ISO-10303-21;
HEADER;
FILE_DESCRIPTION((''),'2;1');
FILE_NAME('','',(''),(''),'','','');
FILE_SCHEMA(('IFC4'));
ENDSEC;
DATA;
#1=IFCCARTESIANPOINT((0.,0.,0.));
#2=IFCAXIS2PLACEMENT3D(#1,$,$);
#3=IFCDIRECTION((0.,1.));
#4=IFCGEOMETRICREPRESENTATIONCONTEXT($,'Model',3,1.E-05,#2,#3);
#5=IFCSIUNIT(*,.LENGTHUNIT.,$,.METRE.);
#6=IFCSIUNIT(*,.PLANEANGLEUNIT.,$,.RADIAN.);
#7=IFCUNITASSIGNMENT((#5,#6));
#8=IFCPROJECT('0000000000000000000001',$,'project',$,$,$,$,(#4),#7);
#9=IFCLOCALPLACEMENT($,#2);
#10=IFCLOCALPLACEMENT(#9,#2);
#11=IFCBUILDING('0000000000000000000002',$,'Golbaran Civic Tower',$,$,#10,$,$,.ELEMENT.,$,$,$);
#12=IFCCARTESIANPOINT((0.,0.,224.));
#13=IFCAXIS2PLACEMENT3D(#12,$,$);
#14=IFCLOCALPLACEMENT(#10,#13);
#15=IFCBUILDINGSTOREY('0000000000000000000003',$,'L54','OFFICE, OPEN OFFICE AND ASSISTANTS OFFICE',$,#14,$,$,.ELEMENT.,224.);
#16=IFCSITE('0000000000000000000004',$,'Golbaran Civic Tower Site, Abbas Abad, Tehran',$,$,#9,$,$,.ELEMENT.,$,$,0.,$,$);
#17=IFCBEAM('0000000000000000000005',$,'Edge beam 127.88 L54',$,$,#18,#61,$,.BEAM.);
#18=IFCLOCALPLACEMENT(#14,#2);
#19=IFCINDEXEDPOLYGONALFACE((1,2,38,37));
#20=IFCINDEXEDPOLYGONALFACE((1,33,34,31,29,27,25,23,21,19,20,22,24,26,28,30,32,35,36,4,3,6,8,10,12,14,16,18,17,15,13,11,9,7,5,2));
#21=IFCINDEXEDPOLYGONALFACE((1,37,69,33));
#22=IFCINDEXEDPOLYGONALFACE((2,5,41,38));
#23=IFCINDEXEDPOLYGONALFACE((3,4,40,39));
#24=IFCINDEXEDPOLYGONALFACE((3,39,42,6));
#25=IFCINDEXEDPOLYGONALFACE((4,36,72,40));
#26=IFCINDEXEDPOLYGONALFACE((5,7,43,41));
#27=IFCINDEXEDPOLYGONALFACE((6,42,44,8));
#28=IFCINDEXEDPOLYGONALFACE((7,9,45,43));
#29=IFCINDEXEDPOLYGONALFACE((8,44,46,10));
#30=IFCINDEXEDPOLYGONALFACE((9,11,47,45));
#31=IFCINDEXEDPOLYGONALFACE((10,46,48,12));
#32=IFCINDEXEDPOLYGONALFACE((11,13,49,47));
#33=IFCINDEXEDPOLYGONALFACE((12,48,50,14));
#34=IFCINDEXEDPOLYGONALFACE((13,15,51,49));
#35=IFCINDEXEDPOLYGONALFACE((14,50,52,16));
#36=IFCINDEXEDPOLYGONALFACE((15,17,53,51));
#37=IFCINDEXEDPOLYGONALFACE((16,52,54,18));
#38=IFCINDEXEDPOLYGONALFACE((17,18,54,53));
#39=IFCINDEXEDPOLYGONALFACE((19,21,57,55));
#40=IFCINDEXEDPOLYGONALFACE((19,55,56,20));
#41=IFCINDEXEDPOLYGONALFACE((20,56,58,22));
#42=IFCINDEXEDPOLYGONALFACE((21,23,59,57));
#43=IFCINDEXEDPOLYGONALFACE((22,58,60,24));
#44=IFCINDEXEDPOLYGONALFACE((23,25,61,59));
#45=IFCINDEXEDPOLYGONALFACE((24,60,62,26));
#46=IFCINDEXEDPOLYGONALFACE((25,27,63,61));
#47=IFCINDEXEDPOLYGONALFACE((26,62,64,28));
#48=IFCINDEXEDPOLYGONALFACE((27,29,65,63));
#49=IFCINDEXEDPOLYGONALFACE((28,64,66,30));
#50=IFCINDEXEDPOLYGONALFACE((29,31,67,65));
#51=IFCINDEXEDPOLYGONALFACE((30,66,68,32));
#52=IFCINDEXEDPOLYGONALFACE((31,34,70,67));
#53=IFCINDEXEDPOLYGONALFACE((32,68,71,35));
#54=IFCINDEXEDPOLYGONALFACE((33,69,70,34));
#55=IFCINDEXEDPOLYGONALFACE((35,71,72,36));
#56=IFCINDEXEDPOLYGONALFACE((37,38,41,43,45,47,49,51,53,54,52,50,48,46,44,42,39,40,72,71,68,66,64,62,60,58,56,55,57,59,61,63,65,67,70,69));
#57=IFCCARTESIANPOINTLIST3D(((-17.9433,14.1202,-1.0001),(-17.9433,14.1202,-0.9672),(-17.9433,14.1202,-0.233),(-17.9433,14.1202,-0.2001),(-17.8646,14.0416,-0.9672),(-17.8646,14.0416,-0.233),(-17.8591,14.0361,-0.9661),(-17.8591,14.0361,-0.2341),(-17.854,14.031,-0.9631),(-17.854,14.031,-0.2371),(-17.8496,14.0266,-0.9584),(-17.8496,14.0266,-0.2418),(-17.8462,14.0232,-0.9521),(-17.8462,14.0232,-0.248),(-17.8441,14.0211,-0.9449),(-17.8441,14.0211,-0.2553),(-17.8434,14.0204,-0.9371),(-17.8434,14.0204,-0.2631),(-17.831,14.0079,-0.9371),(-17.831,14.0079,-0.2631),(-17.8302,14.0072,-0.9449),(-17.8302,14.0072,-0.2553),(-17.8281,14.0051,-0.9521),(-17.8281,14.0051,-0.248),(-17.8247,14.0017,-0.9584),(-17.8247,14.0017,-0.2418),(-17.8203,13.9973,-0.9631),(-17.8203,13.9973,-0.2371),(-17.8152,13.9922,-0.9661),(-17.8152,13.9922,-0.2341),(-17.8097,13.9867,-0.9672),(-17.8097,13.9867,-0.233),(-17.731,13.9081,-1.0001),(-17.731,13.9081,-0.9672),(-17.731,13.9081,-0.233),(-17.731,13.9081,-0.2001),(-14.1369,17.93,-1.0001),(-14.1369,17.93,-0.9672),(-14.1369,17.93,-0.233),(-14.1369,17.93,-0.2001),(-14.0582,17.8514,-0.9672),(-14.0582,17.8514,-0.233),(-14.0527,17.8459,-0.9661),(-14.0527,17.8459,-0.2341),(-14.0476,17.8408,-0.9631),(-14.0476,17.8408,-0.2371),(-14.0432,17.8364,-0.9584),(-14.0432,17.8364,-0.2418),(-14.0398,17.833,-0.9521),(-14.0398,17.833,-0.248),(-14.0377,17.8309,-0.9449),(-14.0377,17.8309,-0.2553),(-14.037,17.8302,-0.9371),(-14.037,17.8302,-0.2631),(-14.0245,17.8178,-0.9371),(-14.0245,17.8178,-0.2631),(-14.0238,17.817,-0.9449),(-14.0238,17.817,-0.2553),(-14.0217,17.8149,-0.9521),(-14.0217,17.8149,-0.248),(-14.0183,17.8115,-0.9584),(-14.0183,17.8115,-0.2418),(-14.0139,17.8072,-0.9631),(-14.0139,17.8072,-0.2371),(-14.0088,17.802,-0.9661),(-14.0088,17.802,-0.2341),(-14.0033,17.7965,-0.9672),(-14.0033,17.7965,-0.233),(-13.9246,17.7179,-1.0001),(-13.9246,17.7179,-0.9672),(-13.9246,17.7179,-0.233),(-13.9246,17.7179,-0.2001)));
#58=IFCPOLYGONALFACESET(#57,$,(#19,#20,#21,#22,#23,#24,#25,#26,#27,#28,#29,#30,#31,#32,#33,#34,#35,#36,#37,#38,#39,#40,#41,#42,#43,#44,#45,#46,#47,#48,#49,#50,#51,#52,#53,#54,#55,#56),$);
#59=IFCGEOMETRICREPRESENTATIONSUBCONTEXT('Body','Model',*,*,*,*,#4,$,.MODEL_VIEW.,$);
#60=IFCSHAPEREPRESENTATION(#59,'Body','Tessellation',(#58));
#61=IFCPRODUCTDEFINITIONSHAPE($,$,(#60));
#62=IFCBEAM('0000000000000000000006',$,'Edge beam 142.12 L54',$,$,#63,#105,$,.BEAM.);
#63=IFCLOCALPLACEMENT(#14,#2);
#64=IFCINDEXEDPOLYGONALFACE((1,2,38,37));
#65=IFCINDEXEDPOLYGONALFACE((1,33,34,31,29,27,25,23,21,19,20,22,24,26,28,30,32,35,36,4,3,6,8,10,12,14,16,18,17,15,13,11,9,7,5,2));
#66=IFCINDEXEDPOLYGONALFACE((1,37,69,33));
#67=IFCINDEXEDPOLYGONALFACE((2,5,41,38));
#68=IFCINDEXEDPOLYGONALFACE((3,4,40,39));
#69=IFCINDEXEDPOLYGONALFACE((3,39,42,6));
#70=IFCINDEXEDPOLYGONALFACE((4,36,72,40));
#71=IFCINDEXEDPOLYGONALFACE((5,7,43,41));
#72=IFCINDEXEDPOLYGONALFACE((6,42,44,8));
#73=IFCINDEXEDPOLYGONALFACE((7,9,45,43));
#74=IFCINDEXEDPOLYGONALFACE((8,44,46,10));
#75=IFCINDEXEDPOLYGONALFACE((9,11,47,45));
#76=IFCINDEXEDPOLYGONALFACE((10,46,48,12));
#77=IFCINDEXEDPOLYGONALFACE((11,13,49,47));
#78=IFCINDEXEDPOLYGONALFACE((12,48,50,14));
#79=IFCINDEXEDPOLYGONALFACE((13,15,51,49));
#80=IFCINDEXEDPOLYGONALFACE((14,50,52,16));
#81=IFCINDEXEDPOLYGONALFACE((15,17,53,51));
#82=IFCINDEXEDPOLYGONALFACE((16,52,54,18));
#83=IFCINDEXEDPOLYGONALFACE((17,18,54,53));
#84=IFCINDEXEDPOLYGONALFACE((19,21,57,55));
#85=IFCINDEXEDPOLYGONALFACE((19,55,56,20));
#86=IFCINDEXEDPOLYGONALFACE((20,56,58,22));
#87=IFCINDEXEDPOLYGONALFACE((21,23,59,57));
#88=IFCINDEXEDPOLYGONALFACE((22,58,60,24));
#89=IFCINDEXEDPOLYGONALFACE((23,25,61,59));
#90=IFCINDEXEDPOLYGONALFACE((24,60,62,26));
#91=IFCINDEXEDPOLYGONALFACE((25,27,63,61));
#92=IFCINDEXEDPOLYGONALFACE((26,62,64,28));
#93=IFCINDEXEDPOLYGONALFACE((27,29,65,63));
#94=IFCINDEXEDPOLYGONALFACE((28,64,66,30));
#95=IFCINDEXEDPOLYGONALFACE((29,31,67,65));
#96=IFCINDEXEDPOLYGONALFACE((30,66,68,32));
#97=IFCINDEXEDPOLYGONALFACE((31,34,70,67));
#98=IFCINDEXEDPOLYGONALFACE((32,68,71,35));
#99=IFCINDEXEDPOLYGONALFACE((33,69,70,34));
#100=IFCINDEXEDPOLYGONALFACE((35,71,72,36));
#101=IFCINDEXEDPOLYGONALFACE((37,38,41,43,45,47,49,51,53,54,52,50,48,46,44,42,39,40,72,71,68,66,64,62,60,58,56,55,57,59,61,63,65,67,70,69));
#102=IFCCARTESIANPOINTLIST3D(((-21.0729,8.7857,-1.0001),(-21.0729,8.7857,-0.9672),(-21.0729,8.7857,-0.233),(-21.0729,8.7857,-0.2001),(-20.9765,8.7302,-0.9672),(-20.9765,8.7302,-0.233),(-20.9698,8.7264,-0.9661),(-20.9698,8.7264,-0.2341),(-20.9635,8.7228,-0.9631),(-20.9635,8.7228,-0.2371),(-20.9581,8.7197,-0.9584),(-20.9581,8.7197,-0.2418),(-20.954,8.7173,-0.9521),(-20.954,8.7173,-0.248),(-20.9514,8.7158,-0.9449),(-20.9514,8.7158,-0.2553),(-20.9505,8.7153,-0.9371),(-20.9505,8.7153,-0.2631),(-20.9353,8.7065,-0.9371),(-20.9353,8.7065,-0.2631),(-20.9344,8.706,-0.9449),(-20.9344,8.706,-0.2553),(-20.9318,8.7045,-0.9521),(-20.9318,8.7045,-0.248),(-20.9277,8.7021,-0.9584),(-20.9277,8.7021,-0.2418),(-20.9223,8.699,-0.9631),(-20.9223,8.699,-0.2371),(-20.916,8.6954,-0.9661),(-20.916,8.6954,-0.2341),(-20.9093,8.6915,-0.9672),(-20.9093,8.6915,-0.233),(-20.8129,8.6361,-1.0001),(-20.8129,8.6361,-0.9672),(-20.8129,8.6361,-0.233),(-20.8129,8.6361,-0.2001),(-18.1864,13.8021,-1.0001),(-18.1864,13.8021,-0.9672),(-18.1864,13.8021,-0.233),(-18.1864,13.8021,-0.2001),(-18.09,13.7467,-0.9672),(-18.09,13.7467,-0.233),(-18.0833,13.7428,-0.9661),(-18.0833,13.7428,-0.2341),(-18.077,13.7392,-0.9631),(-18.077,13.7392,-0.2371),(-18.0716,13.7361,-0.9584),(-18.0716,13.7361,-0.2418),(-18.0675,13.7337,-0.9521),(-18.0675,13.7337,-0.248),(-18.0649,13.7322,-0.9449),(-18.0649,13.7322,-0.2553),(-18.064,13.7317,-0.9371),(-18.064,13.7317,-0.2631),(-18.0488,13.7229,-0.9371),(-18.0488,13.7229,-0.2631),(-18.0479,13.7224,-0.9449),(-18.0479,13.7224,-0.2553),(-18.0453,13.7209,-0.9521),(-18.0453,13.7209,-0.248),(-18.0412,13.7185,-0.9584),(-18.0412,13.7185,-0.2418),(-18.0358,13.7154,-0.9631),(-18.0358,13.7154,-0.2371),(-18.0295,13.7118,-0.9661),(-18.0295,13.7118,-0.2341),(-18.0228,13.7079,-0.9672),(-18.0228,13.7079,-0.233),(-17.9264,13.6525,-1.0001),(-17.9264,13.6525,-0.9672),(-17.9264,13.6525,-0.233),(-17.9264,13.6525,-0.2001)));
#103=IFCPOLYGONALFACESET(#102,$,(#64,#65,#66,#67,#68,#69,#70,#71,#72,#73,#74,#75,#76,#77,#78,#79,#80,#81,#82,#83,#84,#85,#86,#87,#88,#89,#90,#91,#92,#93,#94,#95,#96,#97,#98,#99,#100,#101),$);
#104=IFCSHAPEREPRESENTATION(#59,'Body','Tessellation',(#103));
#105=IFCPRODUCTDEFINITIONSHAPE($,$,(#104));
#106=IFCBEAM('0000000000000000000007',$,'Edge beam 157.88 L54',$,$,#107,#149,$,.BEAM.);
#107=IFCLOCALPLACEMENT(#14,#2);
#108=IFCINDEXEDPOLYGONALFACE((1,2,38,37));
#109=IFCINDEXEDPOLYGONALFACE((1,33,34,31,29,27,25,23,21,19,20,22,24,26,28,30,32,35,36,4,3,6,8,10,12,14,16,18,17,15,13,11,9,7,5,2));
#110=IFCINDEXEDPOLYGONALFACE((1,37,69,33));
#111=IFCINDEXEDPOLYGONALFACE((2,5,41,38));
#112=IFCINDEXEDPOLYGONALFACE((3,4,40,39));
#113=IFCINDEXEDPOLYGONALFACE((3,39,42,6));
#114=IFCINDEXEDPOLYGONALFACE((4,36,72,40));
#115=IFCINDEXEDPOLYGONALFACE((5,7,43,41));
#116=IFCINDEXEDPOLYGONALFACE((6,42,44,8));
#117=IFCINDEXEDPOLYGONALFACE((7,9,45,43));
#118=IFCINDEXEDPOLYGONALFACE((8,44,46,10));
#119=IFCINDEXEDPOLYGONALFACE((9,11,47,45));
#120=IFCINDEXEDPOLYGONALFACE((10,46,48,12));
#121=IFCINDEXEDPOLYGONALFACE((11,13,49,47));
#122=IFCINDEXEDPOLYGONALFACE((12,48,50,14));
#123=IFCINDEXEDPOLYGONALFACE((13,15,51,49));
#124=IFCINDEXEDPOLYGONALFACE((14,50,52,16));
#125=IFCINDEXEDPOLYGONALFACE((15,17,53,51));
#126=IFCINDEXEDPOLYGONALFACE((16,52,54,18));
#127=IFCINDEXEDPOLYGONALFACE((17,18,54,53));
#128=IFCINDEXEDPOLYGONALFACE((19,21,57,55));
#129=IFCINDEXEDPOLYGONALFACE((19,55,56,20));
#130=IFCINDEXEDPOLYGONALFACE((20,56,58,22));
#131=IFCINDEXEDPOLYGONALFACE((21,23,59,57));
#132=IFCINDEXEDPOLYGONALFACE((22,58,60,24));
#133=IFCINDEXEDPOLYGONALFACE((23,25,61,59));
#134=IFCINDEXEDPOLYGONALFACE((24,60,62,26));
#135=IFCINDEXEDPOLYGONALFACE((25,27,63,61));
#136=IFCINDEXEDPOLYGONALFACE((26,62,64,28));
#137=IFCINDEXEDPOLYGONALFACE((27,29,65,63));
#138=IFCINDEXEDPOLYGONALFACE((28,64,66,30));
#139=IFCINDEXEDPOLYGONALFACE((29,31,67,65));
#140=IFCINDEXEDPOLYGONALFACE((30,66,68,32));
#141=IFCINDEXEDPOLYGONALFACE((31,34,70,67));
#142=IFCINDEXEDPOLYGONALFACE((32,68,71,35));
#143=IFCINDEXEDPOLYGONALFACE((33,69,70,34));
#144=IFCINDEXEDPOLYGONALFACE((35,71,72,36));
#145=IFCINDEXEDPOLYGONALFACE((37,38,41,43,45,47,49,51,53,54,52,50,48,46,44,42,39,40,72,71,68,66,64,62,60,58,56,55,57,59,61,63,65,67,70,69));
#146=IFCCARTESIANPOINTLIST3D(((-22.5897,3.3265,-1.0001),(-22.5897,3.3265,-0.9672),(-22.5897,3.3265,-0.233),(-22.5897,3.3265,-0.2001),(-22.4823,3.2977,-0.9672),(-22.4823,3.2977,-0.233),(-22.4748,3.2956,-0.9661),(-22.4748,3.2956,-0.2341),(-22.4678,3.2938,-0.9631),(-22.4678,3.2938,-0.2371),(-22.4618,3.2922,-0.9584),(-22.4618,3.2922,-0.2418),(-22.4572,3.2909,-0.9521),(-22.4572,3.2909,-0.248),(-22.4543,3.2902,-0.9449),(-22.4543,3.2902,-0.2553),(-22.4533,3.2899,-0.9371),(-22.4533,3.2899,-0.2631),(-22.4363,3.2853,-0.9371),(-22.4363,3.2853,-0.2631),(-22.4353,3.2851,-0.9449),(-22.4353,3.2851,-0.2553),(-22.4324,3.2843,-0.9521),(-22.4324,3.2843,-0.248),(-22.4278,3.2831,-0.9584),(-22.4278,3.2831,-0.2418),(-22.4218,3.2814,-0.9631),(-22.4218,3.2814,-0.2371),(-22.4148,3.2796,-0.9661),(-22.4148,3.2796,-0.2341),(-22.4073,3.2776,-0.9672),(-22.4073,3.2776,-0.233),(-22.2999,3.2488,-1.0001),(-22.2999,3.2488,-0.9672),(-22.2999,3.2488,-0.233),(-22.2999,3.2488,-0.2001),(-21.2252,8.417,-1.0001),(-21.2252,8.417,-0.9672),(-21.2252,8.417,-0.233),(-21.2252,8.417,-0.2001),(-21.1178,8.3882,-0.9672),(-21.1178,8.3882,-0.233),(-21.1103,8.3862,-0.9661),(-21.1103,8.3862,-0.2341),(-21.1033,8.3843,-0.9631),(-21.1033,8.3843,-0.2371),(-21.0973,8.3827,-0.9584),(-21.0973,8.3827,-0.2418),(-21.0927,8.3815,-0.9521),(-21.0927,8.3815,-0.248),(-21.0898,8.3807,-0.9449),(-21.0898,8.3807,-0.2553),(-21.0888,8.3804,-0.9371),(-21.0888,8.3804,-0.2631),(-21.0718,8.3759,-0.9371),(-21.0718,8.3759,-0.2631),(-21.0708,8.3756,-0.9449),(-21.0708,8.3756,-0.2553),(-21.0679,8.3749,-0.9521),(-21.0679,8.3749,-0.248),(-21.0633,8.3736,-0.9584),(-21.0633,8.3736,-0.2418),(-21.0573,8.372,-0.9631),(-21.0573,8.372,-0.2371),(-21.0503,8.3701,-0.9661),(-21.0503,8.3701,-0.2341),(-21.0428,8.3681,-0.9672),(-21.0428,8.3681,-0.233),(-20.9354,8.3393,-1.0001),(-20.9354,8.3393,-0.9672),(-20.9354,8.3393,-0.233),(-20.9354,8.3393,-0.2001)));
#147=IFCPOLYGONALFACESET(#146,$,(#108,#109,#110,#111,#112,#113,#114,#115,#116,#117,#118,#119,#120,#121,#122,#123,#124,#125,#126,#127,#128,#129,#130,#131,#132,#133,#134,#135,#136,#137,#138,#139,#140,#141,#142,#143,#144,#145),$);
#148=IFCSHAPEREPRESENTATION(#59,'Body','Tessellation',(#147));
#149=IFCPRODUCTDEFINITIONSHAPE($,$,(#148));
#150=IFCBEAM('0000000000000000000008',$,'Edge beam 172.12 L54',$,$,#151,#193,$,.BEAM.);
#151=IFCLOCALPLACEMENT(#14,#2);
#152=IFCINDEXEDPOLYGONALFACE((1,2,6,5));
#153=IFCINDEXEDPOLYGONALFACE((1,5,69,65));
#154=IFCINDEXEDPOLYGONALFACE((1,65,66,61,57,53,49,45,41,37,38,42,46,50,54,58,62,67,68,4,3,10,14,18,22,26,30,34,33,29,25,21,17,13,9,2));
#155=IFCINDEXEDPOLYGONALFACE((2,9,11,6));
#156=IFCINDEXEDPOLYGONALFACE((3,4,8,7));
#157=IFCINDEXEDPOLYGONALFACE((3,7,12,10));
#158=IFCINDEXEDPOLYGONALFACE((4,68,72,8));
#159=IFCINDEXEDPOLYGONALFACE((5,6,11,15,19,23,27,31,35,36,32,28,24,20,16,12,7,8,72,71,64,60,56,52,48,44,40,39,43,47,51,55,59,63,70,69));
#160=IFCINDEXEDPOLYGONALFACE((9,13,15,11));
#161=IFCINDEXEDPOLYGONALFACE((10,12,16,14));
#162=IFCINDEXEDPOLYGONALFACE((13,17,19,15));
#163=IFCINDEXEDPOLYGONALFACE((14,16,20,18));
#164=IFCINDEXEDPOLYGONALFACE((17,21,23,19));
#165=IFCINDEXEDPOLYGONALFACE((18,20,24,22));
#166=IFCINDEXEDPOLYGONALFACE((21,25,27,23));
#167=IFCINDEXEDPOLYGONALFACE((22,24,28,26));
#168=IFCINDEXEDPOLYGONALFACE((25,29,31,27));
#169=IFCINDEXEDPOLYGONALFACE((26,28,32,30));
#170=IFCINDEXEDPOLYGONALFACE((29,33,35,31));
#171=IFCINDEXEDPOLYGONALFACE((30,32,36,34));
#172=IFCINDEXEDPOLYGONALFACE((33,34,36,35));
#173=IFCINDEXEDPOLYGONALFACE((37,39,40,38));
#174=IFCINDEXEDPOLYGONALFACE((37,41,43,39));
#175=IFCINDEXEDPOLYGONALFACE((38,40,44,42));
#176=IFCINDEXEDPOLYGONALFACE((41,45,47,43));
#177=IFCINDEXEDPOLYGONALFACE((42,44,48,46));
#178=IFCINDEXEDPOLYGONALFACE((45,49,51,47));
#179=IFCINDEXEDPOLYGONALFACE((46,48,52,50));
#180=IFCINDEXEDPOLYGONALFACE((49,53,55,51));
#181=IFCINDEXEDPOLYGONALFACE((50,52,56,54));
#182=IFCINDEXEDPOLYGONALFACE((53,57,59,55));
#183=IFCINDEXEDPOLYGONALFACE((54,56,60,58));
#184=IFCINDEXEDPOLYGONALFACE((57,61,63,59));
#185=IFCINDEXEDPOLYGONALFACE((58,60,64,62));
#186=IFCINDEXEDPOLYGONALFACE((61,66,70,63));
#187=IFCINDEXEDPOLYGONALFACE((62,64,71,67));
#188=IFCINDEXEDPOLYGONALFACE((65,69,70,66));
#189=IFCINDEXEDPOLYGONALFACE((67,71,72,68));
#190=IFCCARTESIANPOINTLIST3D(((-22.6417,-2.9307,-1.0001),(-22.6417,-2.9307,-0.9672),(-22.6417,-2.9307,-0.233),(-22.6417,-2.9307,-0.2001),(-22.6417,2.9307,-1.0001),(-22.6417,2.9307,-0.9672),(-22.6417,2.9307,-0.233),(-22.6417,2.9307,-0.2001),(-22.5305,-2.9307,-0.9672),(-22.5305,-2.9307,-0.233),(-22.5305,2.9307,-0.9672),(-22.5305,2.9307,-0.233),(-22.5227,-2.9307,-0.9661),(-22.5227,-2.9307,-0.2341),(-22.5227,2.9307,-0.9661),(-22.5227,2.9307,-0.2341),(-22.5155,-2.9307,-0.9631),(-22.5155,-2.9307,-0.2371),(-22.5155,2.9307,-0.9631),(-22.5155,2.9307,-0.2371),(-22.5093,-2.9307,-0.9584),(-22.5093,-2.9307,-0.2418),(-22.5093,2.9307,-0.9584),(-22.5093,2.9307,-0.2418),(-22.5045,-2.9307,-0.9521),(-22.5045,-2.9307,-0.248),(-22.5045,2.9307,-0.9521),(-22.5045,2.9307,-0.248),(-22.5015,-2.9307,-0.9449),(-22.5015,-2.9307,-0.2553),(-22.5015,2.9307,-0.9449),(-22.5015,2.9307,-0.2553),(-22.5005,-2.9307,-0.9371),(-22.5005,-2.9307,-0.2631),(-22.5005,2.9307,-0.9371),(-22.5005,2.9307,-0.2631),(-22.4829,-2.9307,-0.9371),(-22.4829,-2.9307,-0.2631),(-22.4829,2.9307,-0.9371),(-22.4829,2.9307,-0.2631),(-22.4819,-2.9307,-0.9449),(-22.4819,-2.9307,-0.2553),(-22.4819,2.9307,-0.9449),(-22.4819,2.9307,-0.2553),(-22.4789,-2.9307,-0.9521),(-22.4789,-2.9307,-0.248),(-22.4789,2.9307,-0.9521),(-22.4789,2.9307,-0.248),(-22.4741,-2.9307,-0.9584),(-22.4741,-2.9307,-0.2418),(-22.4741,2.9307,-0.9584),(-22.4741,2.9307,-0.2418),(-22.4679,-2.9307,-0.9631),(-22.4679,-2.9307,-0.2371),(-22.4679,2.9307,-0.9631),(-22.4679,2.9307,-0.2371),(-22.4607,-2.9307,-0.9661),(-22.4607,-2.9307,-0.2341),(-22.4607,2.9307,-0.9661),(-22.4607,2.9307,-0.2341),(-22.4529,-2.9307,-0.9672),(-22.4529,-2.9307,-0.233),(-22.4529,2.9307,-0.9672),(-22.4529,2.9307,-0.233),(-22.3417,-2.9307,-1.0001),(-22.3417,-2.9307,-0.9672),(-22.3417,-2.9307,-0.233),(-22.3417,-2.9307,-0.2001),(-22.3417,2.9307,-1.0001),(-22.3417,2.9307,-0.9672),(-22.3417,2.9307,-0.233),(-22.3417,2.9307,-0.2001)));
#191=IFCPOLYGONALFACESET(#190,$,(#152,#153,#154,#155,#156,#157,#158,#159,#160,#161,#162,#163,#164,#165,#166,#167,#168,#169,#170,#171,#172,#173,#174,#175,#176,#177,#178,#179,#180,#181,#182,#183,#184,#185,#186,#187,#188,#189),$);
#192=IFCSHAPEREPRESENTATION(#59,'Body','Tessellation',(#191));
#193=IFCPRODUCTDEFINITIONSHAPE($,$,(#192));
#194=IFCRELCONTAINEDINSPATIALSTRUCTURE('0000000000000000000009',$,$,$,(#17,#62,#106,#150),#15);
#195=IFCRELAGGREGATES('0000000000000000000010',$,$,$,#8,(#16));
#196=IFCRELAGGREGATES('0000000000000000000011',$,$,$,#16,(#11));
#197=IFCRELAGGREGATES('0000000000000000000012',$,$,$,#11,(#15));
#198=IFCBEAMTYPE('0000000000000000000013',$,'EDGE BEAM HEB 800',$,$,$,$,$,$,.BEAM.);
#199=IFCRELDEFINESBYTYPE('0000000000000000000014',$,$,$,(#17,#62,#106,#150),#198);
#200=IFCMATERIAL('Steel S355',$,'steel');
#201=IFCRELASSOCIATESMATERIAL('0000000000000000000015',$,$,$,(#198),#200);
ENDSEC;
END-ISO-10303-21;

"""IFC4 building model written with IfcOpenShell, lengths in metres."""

from ifc_helpers import new_model, si_unit, direction, frame, origin, origin_2d, place, context, subcontext, project, spatial, i_section, extrude, material, material_profile, profile_set, type_object, element, save


model = new_model("IFC4")

# Units and contexts
model_context = context("Model", 3, precision=1e-05, world=origin(), true_north=direction((0.0, 1.0)))
body_context = subcontext(model_context, "Body", "Model", "MODEL_VIEW")
ifc_project = project(units=[si_unit("LENGTHUNIT", "METRE"), si_unit("PLANEANGLEUNIT", "RADIAN")], contexts=[model_context])

# Site, building, storey
site_placement = place(None, origin())
site = spatial("IfcSite", under=ifc_project, at=site_placement, Name="Golbaran Civic Tower Site, Abbas Abad, Tehran", CompositionType="ELEMENT", RefElevation=0.0)
building_placement = place(site_placement, origin())
building = spatial("IfcBuilding", under=site, at=building_placement, Name="Golbaran Civic Tower", CompositionType="ELEMENT")
storey_placement = place(building_placement, frame((0.0, 0.0, 224.0)))
storey = spatial("IfcBuildingStorey", under=building, at=storey_placement, Name="L54", Description="OFFICE, OPEN OFFICE AND ASSISTANTS OFFICE", CompositionType="ELEMENT", Elevation=224.0)

# Beams
ifc_material_1 = material(Name="Steel S355", Category="steel")
ifc_material_profile_1 = material_profile(ifc_material_1, i_section(OverallWidth=0.3, OverallDepth=0.8, WebThickness=0.0176, FlangeThickness=0.033, FilletRadius=0.03, at=origin_2d()), Name="HEB 800")
ifc_profile_set_1 = profile_set([ifc_material_profile_1], Name="Steel S355")
beam_type_1 = type_object("IfcBeamType", Name="EDGE BEAM HEB 800", PredefinedType="BEAM", material=ifc_profile_set_1)
beam_1_placement = place(storey_placement, frame((-14.0308, 17.824, -0.6001), z_axis=(-0.706789, -0.707424, 0.0), x_axis=(0.707424, -0.706789, 0.0)))
element("IfcBeam", 1, at=beam_1_placement, inside=storey, type_object=beam_type_1, Name="Edge beam 127.88 L54", PredefinedType="BEAM", context=body_context, shape_type="SweptSolid", body=[
    extrude(i_section(OverallWidth=0.3, OverallDepth=0.8, WebThickness=0.0176, FlangeThickness=0.033, FilletRadius=0.03, at=origin_2d()), origin(), (0.0, 0.0, 1.0), 5.3855),
])
beam_2_placement = place(storey_placement, frame((-18.0564, 13.7273, -0.6001), z_axis=(-0.49874, -0.866752, 0.0), x_axis=(0.866752, -0.49874, 0.0)))
element("IfcBeam", 2, at=beam_2_placement, inside=storey, type_object=beam_type_1, Name="Edge beam 142.12 L54", PredefinedType="BEAM", context=body_context, shape_type="SweptSolid", body=[
    extrude(i_section(OverallWidth=0.3, OverallDepth=0.8, WebThickness=0.0176, FlangeThickness=0.033, FilletRadius=0.03, at=origin_2d()), origin(), (0.0, 0.0, 1.0), 5.7876),
])
beam_3_placement = place(storey_placement, frame((-21.0803, 8.3782, -0.6001), z_axis=(-0.258905, -0.965903, 0.0), x_axis=(0.965903, -0.258905, 0.0)))
element("IfcBeam", 3, at=beam_3_placement, inside=storey, type_object=beam_type_1, Name="Edge beam 157.88 L54", PredefinedType="BEAM", context=body_context, shape_type="SweptSolid", body=[
    extrude(i_section(OverallWidth=0.3, OverallDepth=0.8, WebThickness=0.0176, FlangeThickness=0.033, FilletRadius=0.03, at=origin_2d()), origin(), (0.0, 0.0, 1.0), 5.2703),
])
beam_4_placement = place(storey_placement, frame((-22.4917, 2.9307, -0.6001), z_axis=(0.0, -1.0, 0.0), x_axis=(1.0, 0.0, 0.0)))
element("IfcBeam", 4, at=beam_4_placement, inside=storey, type_object=beam_type_1, Name="Edge beam 172.12 L54", PredefinedType="BEAM", context=body_context, shape_type="SweptSolid", body=[
    extrude(i_section(OverallWidth=0.3, OverallDepth=0.8, WebThickness=0.0176, FlangeThickness=0.033, FilletRadius=0.03, at=origin_2d()), origin(), (0.0, 0.0, 1.0), 5.8613),
])

save(model, "model.ifc")
